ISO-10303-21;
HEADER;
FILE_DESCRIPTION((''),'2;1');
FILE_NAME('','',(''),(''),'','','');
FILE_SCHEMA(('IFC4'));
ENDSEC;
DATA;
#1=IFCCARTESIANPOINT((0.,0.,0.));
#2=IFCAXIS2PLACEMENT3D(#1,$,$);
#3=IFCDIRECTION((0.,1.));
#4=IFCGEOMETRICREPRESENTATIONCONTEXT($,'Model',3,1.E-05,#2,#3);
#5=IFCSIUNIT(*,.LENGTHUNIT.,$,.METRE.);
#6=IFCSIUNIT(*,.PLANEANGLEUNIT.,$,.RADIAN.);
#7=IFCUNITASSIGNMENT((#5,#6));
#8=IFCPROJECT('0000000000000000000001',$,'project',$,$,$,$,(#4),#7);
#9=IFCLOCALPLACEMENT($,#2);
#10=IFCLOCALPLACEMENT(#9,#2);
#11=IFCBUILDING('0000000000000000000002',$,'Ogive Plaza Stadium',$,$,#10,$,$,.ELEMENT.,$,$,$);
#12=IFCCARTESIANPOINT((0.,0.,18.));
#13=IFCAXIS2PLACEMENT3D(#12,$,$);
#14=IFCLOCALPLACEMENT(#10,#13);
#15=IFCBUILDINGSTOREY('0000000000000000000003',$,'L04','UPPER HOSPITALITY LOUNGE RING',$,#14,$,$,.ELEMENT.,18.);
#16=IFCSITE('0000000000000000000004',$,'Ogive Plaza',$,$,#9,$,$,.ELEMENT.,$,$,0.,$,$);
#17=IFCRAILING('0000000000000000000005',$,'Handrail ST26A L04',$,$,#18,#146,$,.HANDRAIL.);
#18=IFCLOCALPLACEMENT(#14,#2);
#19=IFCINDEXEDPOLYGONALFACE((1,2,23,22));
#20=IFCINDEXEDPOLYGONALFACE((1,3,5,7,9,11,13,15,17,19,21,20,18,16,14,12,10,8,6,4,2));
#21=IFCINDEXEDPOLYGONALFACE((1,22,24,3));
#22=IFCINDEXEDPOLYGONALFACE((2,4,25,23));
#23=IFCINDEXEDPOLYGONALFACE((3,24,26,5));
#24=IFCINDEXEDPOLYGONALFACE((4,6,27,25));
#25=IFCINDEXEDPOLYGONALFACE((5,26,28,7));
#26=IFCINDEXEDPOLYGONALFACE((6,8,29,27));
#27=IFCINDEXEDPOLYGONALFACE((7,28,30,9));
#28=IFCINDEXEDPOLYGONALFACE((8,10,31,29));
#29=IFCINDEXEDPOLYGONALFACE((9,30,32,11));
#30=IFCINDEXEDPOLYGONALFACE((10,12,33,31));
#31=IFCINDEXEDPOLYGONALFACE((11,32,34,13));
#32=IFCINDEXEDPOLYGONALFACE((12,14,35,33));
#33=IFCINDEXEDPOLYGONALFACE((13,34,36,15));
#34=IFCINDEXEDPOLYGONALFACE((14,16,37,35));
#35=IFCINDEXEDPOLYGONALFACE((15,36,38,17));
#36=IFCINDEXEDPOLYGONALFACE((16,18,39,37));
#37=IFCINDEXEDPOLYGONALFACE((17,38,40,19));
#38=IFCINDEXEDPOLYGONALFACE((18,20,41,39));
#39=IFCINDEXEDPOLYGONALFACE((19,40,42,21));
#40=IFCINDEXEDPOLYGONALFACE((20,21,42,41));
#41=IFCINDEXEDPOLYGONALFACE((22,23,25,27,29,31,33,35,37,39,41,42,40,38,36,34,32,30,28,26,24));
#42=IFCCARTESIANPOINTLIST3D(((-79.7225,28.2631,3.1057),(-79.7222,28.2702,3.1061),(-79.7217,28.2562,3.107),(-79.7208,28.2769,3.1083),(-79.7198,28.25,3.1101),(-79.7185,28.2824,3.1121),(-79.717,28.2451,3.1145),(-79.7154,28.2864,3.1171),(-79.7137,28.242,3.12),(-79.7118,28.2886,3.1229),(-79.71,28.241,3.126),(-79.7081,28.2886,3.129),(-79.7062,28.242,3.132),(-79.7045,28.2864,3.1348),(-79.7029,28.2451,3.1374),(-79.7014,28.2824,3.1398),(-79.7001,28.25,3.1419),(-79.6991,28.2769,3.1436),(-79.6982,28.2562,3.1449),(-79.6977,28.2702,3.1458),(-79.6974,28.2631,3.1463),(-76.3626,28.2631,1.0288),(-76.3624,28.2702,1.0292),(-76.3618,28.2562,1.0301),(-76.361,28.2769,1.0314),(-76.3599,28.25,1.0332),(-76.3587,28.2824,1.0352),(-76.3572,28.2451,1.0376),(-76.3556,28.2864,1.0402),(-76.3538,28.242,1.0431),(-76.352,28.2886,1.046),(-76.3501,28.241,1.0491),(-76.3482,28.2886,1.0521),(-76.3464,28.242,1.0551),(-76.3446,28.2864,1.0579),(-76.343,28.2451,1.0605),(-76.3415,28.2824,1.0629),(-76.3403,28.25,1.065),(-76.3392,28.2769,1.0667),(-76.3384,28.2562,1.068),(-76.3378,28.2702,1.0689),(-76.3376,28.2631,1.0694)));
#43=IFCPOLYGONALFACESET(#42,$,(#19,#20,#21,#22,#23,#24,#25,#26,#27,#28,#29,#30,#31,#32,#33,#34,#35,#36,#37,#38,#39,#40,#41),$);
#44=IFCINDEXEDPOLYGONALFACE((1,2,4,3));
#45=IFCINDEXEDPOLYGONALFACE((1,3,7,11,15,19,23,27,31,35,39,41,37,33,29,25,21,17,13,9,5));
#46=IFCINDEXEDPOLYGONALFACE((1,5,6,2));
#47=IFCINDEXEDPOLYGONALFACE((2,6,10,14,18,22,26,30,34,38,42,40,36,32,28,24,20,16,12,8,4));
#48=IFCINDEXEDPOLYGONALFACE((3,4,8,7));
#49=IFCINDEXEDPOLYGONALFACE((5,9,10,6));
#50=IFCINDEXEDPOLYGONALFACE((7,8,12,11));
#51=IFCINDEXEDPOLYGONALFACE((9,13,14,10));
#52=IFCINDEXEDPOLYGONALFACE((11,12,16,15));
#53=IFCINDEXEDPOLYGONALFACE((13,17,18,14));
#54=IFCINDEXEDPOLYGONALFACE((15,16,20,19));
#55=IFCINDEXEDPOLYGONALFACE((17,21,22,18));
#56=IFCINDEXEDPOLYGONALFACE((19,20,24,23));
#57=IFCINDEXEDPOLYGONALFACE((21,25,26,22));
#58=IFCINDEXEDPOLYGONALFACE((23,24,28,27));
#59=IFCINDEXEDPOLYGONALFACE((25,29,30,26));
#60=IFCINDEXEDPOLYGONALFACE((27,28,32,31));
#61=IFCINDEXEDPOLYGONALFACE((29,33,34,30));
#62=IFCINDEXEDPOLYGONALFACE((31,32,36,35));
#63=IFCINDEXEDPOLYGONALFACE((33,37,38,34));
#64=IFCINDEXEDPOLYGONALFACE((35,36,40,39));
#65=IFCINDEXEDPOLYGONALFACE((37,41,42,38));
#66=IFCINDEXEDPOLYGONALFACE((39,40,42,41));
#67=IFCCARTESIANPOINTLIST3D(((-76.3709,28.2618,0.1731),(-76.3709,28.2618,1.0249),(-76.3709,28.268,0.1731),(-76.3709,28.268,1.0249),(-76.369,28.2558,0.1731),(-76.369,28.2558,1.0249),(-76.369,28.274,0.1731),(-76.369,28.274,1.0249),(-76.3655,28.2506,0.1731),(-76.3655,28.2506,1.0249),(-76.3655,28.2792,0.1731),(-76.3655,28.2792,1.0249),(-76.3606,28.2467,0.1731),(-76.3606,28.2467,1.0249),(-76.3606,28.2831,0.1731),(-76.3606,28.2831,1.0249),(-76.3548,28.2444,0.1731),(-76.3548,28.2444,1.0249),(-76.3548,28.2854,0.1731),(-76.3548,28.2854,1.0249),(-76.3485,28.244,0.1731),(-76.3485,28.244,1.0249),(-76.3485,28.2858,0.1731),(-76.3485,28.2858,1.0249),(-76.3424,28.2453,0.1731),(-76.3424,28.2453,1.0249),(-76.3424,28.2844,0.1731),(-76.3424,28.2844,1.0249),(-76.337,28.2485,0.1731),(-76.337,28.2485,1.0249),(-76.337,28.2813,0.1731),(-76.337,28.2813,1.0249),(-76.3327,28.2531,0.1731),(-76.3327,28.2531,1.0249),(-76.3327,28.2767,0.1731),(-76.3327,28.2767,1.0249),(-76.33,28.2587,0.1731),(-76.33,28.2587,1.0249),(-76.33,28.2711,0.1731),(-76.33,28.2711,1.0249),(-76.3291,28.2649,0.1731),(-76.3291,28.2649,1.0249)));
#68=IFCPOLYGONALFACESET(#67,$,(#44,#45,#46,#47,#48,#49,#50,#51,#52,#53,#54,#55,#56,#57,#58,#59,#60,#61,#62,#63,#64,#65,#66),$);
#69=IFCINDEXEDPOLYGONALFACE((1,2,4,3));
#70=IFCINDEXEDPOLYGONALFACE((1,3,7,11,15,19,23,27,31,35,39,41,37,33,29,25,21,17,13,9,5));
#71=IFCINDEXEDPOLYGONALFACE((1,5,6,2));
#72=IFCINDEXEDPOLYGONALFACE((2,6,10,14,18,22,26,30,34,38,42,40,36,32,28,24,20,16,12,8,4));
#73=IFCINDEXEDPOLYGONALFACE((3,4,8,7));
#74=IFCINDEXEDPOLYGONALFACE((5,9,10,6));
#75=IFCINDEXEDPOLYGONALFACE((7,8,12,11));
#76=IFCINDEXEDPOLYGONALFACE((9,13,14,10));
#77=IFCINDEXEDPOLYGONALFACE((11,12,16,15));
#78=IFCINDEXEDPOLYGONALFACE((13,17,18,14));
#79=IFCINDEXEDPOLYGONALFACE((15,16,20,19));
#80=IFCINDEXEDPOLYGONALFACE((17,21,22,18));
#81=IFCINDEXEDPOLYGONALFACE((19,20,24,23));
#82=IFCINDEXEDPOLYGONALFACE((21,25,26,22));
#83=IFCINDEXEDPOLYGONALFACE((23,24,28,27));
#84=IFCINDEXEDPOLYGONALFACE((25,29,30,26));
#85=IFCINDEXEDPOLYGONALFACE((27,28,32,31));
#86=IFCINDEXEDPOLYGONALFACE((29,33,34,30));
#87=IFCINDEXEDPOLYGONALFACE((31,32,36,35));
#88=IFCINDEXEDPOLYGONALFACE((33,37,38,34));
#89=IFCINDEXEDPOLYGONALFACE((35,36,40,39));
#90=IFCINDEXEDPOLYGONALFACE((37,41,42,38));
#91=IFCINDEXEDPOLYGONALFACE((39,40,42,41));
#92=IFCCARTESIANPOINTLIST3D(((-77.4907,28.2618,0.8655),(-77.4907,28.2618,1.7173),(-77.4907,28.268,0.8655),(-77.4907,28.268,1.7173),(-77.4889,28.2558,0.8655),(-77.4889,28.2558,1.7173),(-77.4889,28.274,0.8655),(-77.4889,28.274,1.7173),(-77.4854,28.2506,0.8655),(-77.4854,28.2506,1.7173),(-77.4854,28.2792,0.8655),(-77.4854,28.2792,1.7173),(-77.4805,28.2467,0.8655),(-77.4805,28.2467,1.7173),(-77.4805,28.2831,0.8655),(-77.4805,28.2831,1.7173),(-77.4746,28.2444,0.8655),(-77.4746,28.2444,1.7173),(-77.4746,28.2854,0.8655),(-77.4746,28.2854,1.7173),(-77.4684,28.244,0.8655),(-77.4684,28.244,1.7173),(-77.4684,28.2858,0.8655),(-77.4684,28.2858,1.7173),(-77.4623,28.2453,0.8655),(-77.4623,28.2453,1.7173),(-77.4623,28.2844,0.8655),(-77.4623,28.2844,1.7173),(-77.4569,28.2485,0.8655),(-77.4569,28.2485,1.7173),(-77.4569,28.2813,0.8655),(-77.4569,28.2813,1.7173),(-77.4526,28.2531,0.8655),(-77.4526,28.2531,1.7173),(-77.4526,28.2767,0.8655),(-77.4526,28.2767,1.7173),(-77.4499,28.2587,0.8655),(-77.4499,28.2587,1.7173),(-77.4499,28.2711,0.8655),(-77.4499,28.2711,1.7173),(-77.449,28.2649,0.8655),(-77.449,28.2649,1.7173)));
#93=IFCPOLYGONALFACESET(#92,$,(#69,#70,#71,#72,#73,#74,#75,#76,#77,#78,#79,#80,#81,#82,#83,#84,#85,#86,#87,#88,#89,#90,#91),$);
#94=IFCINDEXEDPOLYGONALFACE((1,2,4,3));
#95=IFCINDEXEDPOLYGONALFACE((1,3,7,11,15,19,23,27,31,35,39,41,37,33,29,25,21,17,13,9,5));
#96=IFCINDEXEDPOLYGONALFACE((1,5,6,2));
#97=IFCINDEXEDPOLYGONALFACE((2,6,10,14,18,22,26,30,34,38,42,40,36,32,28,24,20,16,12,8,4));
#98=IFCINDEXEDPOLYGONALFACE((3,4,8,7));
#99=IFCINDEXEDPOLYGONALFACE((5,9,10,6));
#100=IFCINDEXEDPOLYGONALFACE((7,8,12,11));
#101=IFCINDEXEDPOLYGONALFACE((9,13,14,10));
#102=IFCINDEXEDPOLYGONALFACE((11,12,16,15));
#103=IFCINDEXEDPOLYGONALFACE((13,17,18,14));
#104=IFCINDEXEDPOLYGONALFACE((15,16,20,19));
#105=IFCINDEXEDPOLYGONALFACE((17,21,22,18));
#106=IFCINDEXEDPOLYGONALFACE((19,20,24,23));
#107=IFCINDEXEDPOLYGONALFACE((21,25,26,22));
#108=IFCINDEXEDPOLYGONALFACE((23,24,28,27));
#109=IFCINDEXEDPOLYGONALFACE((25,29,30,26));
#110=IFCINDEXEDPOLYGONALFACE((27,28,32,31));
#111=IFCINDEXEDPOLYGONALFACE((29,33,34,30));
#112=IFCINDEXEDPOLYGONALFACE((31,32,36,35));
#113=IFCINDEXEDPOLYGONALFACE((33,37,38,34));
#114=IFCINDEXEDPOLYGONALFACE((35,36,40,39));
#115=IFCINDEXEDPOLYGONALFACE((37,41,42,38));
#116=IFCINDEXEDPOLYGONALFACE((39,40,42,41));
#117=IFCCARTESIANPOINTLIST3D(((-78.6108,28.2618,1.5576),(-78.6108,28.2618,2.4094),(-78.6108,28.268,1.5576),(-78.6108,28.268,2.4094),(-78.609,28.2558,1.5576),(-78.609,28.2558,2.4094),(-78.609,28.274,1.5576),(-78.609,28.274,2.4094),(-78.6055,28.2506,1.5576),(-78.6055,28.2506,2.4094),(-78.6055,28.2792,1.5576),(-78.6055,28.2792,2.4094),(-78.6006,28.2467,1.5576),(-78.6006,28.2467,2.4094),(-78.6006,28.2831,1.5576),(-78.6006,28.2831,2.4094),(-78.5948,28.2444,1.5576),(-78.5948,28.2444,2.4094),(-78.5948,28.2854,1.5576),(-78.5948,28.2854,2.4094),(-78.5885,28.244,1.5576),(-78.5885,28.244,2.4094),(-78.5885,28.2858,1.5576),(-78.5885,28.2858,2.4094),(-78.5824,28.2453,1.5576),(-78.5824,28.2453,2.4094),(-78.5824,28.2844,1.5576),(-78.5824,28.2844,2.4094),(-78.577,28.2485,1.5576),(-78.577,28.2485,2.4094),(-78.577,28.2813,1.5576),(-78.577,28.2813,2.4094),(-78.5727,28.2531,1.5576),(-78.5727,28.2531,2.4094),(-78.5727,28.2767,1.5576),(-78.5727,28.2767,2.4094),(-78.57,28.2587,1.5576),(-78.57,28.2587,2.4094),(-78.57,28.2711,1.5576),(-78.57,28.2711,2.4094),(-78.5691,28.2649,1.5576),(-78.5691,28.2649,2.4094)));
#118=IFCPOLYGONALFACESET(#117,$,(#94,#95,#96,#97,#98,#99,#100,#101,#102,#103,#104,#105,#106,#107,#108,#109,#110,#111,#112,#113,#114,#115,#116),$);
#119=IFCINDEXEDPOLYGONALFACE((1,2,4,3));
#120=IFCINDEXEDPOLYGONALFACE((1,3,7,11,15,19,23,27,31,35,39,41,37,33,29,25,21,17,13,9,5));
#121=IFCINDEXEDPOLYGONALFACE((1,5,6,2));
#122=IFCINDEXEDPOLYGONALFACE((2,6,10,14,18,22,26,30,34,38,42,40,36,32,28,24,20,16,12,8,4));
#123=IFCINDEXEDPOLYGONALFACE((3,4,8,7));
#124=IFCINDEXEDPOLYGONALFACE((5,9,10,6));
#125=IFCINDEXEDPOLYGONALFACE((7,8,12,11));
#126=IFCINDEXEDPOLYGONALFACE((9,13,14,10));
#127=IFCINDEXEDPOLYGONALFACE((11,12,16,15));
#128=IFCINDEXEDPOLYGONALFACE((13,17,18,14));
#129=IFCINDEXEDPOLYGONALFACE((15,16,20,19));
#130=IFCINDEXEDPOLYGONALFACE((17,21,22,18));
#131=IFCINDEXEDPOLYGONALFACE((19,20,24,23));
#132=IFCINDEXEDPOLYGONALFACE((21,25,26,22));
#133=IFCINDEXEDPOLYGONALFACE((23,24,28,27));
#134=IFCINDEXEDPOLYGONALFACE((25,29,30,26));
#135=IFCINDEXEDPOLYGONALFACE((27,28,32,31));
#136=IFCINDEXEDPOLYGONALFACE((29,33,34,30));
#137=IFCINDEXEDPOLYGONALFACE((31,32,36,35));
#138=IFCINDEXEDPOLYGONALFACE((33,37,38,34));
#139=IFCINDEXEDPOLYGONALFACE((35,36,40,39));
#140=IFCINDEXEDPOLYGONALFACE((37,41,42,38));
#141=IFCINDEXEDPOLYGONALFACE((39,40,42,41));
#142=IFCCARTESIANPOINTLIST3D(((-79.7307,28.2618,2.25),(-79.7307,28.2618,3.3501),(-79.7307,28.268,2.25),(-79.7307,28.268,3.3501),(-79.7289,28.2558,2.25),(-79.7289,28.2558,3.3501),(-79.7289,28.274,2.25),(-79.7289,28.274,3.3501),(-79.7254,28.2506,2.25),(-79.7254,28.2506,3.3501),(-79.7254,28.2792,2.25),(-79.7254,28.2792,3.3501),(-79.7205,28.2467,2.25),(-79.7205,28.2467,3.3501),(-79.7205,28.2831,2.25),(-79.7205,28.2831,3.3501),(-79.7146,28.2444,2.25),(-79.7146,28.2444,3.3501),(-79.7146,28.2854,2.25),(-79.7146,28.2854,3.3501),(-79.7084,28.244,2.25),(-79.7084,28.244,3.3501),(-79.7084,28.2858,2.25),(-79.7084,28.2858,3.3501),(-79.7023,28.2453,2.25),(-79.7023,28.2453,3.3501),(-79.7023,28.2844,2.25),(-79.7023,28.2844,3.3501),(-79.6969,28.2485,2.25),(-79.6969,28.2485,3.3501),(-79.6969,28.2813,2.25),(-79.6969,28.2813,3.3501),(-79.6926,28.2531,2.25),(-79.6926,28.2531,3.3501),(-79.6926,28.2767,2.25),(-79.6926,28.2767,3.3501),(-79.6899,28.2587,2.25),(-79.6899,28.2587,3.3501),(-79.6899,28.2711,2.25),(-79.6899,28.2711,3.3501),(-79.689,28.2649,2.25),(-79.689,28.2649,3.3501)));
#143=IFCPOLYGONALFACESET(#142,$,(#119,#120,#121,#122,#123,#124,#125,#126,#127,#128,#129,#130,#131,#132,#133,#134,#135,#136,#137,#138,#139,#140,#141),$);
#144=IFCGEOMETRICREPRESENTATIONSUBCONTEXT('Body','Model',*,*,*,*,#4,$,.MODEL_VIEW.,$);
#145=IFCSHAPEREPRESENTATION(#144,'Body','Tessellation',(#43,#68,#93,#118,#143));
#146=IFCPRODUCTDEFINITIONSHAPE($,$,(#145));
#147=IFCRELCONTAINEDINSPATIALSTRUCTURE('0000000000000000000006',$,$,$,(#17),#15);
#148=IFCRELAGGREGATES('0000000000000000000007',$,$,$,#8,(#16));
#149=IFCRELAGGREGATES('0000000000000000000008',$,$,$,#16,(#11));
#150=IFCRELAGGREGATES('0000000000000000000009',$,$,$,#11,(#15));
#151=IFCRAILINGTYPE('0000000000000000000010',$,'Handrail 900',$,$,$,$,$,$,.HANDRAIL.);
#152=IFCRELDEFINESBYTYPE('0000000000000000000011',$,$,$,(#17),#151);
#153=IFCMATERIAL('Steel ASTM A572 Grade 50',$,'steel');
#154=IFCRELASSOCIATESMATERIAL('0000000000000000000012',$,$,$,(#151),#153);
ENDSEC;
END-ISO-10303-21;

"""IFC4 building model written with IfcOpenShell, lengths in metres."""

from ifc_helpers import new_model, si_unit, direction, frame, origin, origin_2d, place, context, subcontext, project, spatial, circle, extrude, material, type_object, element, save


model = new_model("IFC4")

# Units and contexts
model_context = context("Model", 3, precision=1e-05, world=origin(), true_north=direction((0.0, 1.0)))
body_context = subcontext(model_context, "Body", "Model", "MODEL_VIEW")
ifc_project = project(units=[si_unit("LENGTHUNIT", "METRE"), si_unit("PLANEANGLEUNIT", "RADIAN")], contexts=[model_context])

# Site, building, storey
site_placement = place(None, origin())
site = spatial("IfcSite", under=ifc_project, at=site_placement, Name="Ogive Plaza", CompositionType="ELEMENT", RefElevation=0.0)
building_placement = place(site_placement, origin())
building = spatial("IfcBuilding", under=site, at=building_placement, Name="Ogive Plaza Stadium", CompositionType="ELEMENT")
storey_placement = place(building_placement, frame((0.0, 0.0, 18.0)))
storey = spatial("IfcBuildingStorey", under=building, at=storey_placement, Name="L04", Description="UPPER HOSPITALITY LOUNGE RING", CompositionType="ELEMENT", Elevation=18.0)

# Railing
ifc_material_1 = material(Name="Steel ASTM A572 Grade 50", Category="steel")
railing_type_1 = type_object("IfcRailingType", Name="Handrail 900", PredefinedType="HANDRAIL", material=ifc_material_1)
for number, where, name in (
    (1, (-76.3501, 28.2649, 0.1731), "Handrail ST26A L04"),
):
    element("IfcRailing", number, at=place(storey_placement, frame(where)), inside=storey, type_object=railing_type_1, Name=name, PredefinedType="HANDRAIL", context=body_context, shape_type="SweptSolid", body=[
        extrude(circle(Radius=0.0239, at=origin_2d()), frame((0.0, 0.0, 0.876), z_axis=(-0.850606, 0.0, 0.525803), x_axis=(0.0, -1.0, 0.0)), (0.0, 0.0, 1.0), 3.95),
        extrude(circle(Radius=0.021, at=origin_2d()), origin(), (0.0, 0.0, 1.0), 0.8518),
        extrude(circle(Radius=0.021, at=origin_2d()), frame((-1.1199, 0.0, 0.6924)), (0.0, 0.0, 1.0), 0.8518),
        extrude(circle(Radius=0.021, at=origin_2d()), frame((-2.24, 0.0, 1.3845)), (0.0, 0.0, 1.0), 0.8518),
        extrude(circle(Radius=0.021, at=origin_2d()), frame((-3.3599, 0.0, 2.0769)), (0.0, 0.0, 1.0), 1.1001),
    ])

save(model, "model.ifc")
